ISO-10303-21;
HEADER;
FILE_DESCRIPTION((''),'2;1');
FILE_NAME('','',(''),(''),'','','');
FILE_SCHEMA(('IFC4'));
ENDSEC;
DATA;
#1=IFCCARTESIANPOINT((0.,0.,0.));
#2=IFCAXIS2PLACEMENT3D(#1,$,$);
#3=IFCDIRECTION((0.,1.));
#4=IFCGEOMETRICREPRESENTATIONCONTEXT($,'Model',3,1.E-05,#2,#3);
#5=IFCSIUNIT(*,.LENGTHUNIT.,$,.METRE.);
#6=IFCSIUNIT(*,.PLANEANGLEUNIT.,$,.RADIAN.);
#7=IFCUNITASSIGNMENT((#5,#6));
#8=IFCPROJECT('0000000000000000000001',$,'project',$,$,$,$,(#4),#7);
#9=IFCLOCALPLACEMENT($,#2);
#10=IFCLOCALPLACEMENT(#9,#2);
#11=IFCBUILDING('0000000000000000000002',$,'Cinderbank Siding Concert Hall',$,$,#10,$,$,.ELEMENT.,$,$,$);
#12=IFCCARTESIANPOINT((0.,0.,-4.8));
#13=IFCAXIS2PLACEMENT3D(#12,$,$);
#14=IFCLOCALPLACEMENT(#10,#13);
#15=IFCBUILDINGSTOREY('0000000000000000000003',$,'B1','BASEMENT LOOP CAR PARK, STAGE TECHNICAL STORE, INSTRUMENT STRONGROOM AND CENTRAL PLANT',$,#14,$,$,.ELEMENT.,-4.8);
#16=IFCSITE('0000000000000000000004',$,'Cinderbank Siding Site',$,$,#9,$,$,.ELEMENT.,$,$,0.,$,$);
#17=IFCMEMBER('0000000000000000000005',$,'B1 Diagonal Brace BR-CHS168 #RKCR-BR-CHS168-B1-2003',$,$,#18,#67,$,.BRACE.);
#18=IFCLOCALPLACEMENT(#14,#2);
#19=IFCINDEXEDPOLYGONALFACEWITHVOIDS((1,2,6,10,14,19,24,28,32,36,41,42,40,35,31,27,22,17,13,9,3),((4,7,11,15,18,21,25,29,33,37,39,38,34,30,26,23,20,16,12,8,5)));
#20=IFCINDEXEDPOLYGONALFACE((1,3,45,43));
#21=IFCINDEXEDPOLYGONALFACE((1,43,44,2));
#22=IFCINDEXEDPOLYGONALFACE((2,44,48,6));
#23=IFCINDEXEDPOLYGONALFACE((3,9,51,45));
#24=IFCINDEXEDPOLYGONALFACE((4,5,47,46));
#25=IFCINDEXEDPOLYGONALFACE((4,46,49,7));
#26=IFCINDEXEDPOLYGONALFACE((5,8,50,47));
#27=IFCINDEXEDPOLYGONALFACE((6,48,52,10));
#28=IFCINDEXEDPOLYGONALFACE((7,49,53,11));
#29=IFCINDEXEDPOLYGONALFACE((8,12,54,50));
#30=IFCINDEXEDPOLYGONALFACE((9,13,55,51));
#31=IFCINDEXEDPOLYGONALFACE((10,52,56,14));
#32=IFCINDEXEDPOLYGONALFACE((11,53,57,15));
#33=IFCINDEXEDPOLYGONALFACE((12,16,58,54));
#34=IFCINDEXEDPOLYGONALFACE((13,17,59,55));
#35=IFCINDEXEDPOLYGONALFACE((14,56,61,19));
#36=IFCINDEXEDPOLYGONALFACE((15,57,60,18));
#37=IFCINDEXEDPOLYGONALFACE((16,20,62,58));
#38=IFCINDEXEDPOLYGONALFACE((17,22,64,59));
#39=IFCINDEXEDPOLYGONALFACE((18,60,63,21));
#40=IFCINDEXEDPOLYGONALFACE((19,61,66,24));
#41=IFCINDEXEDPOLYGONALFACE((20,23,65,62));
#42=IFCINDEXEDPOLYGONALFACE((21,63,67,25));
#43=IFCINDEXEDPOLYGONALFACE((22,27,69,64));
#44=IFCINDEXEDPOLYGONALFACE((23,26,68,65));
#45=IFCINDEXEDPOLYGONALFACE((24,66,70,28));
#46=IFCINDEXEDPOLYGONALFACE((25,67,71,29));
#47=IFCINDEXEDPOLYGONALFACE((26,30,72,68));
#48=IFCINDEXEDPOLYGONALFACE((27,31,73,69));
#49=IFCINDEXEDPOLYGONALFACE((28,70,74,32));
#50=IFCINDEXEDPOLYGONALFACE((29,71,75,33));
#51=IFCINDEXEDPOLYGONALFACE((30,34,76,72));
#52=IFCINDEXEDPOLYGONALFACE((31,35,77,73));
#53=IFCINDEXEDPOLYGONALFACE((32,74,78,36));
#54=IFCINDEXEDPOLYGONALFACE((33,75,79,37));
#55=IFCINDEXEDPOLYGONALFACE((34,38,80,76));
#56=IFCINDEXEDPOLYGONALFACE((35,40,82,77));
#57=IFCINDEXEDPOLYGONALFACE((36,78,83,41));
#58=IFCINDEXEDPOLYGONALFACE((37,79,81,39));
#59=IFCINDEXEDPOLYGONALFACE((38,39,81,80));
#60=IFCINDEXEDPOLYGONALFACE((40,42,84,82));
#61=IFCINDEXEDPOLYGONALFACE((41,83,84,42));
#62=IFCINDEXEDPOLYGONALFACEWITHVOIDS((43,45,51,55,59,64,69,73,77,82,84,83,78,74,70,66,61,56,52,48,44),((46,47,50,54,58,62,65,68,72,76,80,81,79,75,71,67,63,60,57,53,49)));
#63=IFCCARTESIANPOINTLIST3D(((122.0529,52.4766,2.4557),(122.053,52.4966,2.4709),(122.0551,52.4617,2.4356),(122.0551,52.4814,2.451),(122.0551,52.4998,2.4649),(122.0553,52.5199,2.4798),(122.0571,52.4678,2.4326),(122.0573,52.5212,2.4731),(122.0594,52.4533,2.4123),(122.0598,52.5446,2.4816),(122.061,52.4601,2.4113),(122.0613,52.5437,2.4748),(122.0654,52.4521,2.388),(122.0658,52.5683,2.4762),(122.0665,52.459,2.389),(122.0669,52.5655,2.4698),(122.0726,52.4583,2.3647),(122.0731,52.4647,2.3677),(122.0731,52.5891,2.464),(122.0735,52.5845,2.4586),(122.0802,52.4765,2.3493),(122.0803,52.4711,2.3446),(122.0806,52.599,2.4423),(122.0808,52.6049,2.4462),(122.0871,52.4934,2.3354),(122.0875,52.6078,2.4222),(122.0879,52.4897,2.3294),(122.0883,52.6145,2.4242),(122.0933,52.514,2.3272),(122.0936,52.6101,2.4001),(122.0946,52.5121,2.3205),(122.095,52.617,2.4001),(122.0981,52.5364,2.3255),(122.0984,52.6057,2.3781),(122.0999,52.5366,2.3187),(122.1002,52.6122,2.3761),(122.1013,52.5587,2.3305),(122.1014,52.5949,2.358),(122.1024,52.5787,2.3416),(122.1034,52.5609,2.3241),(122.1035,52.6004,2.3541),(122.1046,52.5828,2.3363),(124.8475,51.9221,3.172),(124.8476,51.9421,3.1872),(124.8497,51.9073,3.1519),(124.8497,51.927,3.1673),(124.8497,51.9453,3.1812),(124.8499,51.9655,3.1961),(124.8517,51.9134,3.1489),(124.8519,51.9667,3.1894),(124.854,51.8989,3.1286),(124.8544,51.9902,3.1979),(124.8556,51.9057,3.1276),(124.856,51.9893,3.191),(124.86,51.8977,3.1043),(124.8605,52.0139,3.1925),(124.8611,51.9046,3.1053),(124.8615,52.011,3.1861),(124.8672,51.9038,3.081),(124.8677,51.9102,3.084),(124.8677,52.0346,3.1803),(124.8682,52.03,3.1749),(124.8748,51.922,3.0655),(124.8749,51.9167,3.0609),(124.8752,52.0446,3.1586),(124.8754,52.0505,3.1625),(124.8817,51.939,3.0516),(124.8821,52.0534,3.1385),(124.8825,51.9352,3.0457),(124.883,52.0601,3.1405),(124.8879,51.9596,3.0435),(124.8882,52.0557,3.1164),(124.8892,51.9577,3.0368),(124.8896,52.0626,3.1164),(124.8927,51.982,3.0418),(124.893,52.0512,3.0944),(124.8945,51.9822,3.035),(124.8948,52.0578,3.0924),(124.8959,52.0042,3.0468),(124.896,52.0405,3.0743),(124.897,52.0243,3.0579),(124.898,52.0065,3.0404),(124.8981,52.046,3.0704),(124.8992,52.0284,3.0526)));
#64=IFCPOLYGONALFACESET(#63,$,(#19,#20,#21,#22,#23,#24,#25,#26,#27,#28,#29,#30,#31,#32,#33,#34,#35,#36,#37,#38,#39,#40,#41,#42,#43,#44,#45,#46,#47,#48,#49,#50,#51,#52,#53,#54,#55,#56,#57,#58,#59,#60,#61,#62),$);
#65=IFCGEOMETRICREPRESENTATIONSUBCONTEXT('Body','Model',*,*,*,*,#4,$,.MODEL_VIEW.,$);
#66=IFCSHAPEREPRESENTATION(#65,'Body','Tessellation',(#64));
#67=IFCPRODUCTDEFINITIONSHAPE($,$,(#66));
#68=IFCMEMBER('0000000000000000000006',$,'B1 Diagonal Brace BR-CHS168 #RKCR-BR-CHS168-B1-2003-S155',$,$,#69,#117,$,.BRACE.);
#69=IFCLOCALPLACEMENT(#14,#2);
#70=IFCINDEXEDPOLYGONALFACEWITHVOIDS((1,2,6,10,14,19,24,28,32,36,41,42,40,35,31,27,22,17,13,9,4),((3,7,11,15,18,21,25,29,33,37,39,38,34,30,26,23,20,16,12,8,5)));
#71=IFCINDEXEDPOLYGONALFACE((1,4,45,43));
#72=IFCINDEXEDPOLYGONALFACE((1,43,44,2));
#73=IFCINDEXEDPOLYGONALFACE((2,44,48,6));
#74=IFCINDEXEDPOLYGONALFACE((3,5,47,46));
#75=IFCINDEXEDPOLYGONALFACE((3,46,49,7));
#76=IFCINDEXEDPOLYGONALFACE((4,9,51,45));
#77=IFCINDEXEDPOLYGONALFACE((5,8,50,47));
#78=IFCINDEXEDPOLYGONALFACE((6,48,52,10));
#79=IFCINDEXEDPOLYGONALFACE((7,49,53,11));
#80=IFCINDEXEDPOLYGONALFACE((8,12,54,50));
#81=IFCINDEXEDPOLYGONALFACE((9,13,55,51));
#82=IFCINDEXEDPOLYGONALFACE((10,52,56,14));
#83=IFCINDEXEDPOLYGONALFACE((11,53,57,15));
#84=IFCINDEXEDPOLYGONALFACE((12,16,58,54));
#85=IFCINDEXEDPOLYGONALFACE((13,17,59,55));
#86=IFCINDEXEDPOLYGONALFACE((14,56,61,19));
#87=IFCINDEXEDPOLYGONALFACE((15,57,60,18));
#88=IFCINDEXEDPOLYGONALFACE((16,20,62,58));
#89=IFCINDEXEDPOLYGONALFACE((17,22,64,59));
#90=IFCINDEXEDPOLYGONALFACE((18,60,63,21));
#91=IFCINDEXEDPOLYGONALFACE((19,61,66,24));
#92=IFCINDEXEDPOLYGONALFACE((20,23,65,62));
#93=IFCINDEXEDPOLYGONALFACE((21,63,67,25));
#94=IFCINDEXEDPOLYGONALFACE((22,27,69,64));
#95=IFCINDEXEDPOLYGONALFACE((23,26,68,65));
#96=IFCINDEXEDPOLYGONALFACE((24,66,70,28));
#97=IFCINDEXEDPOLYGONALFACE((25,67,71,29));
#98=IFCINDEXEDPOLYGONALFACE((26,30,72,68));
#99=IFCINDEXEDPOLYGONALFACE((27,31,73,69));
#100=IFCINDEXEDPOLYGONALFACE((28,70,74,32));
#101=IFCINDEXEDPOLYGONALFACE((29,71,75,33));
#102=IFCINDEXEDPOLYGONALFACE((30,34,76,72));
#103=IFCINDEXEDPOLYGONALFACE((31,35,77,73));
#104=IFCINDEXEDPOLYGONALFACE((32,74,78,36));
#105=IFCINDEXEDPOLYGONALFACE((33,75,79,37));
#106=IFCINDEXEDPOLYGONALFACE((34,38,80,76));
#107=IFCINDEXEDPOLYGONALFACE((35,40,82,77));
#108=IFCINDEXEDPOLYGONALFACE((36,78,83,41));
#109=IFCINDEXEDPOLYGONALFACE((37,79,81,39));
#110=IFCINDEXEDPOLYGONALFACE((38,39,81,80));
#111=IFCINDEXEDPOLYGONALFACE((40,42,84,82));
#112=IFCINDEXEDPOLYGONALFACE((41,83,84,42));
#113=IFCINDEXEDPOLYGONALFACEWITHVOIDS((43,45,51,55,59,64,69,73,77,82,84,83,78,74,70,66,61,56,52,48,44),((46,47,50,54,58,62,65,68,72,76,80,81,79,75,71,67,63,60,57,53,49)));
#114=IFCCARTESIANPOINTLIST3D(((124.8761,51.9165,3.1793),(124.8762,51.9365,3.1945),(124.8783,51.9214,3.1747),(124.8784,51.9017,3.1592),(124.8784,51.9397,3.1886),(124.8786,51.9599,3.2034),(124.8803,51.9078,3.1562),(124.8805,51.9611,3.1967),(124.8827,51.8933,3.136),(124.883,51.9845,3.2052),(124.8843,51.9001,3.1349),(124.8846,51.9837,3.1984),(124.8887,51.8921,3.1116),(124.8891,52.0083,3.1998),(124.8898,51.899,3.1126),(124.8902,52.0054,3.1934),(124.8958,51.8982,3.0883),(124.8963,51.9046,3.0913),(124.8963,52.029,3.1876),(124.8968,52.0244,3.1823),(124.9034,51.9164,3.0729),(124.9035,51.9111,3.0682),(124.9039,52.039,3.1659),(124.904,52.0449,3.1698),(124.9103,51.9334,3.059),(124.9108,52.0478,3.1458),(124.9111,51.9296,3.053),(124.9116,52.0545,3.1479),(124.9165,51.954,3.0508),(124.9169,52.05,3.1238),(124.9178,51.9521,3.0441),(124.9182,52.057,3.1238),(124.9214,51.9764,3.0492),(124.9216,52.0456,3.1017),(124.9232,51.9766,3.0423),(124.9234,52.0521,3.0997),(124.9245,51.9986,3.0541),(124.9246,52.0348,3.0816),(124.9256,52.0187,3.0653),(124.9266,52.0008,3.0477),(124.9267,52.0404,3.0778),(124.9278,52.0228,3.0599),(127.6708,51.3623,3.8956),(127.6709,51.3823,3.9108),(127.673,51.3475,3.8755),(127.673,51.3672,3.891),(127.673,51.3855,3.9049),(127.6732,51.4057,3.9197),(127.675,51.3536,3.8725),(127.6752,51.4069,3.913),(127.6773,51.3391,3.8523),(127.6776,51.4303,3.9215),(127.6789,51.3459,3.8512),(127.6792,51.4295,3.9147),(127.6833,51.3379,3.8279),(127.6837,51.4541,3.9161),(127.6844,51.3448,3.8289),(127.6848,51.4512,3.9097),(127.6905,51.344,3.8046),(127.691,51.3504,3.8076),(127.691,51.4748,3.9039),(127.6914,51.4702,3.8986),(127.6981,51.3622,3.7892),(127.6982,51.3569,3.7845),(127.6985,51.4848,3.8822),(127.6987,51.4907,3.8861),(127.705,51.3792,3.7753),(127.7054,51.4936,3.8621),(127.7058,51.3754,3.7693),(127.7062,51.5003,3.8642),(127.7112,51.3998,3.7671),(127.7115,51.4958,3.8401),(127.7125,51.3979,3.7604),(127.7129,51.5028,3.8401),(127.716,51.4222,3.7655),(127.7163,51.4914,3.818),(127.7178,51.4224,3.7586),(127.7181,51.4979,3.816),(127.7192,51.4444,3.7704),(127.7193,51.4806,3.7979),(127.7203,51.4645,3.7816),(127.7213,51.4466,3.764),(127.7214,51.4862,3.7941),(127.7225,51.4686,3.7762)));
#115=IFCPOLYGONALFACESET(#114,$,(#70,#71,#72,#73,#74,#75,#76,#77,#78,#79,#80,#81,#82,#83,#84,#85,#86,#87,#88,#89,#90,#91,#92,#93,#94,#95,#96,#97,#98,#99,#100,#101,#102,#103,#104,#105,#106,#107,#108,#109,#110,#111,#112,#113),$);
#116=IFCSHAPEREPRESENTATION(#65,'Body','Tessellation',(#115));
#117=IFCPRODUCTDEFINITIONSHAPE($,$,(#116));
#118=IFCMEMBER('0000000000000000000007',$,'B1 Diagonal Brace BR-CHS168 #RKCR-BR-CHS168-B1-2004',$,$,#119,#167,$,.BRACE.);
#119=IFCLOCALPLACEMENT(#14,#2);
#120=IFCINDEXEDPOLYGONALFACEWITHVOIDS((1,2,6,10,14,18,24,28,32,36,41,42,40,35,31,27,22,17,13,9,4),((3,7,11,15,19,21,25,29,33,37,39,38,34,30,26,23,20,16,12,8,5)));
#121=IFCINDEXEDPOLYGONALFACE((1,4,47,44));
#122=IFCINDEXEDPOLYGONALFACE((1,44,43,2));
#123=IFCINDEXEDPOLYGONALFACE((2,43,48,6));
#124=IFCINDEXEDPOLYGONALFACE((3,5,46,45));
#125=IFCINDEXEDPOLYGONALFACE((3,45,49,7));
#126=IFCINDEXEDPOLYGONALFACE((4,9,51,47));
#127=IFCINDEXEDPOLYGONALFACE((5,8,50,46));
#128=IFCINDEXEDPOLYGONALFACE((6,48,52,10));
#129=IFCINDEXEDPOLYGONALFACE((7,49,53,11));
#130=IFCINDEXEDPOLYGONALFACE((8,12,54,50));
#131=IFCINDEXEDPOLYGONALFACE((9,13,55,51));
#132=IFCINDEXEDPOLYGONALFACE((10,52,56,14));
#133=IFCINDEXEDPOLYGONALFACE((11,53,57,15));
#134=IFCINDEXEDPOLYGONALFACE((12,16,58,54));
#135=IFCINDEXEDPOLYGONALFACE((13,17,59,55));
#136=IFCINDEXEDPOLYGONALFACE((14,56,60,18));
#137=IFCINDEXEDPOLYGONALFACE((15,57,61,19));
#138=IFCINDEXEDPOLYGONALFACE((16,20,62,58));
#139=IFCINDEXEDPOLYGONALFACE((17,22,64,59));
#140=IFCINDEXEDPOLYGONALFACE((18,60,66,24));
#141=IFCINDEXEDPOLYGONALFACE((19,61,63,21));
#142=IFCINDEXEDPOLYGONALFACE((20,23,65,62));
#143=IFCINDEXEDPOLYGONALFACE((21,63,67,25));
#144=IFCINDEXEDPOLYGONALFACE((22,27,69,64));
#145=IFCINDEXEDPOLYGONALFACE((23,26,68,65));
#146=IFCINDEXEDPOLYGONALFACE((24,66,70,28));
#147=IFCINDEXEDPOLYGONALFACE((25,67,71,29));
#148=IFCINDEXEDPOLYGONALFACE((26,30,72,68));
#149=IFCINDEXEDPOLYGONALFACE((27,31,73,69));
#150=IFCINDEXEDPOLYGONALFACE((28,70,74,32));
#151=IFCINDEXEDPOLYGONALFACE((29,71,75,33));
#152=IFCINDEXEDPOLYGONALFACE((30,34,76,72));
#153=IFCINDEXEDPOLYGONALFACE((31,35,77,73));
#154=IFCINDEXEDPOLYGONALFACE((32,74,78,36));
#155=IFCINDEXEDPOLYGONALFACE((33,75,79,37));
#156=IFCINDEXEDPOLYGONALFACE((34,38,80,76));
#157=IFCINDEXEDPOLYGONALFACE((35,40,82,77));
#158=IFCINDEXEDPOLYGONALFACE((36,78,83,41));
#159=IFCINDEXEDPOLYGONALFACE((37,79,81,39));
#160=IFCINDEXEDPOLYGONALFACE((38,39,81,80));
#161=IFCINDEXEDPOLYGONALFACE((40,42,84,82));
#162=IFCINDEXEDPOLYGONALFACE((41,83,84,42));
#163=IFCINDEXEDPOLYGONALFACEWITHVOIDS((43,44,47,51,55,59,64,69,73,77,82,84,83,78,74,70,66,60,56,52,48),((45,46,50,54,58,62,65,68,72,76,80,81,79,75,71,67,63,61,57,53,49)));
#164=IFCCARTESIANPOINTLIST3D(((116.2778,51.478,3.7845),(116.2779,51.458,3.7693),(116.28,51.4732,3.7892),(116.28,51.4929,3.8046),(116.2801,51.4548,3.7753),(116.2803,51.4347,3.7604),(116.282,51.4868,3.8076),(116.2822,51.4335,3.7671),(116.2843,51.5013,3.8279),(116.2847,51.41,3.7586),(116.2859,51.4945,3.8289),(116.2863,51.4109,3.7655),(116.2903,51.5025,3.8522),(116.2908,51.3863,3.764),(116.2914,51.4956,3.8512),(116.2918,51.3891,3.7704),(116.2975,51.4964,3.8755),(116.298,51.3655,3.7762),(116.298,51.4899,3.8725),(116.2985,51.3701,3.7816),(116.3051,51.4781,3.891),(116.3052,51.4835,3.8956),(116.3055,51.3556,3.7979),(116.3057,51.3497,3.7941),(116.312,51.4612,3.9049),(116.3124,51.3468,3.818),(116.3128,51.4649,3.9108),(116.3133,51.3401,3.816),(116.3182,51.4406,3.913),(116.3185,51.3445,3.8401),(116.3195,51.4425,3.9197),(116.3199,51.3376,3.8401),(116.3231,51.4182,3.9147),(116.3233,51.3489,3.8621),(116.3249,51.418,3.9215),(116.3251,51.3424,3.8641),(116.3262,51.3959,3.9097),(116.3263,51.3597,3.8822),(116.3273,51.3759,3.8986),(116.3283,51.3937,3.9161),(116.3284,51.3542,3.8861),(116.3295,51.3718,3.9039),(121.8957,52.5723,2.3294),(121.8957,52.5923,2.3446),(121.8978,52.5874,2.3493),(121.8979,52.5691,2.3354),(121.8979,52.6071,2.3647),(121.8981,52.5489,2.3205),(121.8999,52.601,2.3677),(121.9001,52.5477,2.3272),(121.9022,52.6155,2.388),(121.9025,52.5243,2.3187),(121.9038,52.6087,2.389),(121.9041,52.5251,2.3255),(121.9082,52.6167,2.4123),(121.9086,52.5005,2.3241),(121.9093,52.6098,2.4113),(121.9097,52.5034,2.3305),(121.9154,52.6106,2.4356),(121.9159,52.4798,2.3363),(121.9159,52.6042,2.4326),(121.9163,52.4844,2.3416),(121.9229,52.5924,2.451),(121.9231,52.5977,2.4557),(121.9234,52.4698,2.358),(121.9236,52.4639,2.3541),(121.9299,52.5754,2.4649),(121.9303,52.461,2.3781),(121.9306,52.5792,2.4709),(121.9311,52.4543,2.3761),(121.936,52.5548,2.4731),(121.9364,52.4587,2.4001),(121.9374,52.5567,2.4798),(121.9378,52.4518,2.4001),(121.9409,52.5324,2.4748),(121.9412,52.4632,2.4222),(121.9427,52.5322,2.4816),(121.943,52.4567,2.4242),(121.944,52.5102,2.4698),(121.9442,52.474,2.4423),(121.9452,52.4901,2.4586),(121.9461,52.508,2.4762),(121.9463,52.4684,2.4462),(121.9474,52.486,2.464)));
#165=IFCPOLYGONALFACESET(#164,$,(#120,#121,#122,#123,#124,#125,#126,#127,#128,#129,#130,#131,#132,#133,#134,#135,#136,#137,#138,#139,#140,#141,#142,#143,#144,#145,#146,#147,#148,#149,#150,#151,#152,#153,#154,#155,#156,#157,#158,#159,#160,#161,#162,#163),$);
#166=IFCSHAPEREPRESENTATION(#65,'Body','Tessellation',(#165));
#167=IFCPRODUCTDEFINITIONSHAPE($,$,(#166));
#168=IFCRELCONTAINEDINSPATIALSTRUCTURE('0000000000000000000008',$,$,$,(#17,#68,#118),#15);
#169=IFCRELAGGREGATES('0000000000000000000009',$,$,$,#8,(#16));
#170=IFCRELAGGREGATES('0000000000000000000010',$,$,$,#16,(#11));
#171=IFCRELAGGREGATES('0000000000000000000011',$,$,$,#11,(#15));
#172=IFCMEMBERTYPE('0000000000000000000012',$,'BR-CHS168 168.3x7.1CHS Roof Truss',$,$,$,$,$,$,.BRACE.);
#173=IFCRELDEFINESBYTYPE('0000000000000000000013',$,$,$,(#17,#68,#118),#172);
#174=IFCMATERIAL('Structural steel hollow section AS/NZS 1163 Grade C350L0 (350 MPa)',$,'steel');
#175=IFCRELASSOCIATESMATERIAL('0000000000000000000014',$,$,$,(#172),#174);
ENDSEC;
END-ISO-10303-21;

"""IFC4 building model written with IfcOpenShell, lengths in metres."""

from ifc_helpers import new_model, si_unit, direction, frame, origin, origin_2d, place, context, subcontext, project, spatial, hollow_circle, extrude, material, material_profile, profile_set, type_object, element, save


model = new_model("IFC4")

# Units and contexts
model_context = context("Model", 3, precision=1e-05, world=origin(), true_north=direction((0.0, 1.0)))
body_context = subcontext(model_context, "Body", "Model", "MODEL_VIEW")
ifc_project = project(units=[si_unit("LENGTHUNIT", "METRE"), si_unit("PLANEANGLEUNIT", "RADIAN")], contexts=[model_context])

# Site, building, storey
site_placement = place(None, origin())
site = spatial("IfcSite", under=ifc_project, at=site_placement, Name="Cinderbank Siding Site", CompositionType="ELEMENT", RefElevation=0.0)
building_placement = place(site_placement, origin())
building = spatial("IfcBuilding", under=site, at=building_placement, Name="Cinderbank Siding Concert Hall", CompositionType="ELEMENT")
storey_placement = place(building_placement, frame((0.0, 0.0, -4.8)))
storey = spatial("IfcBuildingStorey", under=building, at=storey_placement, Name="B1", Description="BASEMENT LOOP CAR PARK, STAGE TECHNICAL STORE, INSTRUMENT STRONGROOM AND CENTRAL PLANT", CompositionType="ELEMENT", Elevation=-4.8)

# Members
ifc_material_1 = material(Name="Structural steel hollow section AS/NZS 1163 Grade C350L0 (350 MPa)", Category="steel")
ifc_material_profile_1 = material_profile(ifc_material_1, hollow_circle(Radius=0.0842, WallThickness=0.0071, at=origin_2d()), Name="168.3x7.1CHS", Category="LoadBearing")
ifc_profile_set_1 = profile_set([ifc_material_profile_1], Name="Structural steel hollow section AS/NZS 1163 Grade C350L0 (350 MPa)")
member_type = type_object("IfcMemberType", Name="BR-CHS168 168.3x7.1CHS Roof Truss", PredefinedType="BRACE", material=ifc_profile_set_1)
for number, where, z_axis, x_axis, name in (
    (1, (122.0786, 52.5344, 2.4001), (0.951279, -0.188727, 0.243824), (0.1946, 0.980883, 0.0), "B1 Diagonal Brace BR-CHS168 #RKCR-BR-CHS168-B1-2003"),
    (2, (124.9019, 51.9744, 3.1238), (0.951294, -0.188647, 0.243828), (0.194517, 0.980899, 0.0), "B1 Diagonal Brace BR-CHS168 #RKCR-BR-CHS168-B1-2003-S155"),
):
    element("IfcMember", number, at=place(storey_placement, frame(where, z_axis=z_axis, x_axis=x_axis)), inside=storey, type_object=member_type, Name=name, PredefinedType="BRACE", context=body_context, shape_type="SweptSolid", body=[
        extrude(hollow_circle(Radius=0.0842, WallThickness=0.0071, at=origin_2d()), origin(), (0.0, 0.0, 1.0), 2.9377),
    ])
member_1_placement = place(storey_placement, frame((121.9214, 52.5344, 2.4001), z_axis=(-0.951288, -0.188678, 0.243827), x_axis=(0.19455, -0.980893, 0.0)))
element("IfcMember", 3, at=member_1_placement, inside=storey, type_object=member_type, Name="B1 Diagonal Brace BR-CHS168 #RKCR-BR-CHS168-B1-2004", PredefinedType="BRACE", context=body_context, shape_type="SweptSolid", body=[
    extrude(hollow_circle(Radius=0.0842, WallThickness=0.0071, at=origin_2d()), origin(), (0.0, 0.0, 1.0), 5.9055),
])

save(model, "model.ifc")
